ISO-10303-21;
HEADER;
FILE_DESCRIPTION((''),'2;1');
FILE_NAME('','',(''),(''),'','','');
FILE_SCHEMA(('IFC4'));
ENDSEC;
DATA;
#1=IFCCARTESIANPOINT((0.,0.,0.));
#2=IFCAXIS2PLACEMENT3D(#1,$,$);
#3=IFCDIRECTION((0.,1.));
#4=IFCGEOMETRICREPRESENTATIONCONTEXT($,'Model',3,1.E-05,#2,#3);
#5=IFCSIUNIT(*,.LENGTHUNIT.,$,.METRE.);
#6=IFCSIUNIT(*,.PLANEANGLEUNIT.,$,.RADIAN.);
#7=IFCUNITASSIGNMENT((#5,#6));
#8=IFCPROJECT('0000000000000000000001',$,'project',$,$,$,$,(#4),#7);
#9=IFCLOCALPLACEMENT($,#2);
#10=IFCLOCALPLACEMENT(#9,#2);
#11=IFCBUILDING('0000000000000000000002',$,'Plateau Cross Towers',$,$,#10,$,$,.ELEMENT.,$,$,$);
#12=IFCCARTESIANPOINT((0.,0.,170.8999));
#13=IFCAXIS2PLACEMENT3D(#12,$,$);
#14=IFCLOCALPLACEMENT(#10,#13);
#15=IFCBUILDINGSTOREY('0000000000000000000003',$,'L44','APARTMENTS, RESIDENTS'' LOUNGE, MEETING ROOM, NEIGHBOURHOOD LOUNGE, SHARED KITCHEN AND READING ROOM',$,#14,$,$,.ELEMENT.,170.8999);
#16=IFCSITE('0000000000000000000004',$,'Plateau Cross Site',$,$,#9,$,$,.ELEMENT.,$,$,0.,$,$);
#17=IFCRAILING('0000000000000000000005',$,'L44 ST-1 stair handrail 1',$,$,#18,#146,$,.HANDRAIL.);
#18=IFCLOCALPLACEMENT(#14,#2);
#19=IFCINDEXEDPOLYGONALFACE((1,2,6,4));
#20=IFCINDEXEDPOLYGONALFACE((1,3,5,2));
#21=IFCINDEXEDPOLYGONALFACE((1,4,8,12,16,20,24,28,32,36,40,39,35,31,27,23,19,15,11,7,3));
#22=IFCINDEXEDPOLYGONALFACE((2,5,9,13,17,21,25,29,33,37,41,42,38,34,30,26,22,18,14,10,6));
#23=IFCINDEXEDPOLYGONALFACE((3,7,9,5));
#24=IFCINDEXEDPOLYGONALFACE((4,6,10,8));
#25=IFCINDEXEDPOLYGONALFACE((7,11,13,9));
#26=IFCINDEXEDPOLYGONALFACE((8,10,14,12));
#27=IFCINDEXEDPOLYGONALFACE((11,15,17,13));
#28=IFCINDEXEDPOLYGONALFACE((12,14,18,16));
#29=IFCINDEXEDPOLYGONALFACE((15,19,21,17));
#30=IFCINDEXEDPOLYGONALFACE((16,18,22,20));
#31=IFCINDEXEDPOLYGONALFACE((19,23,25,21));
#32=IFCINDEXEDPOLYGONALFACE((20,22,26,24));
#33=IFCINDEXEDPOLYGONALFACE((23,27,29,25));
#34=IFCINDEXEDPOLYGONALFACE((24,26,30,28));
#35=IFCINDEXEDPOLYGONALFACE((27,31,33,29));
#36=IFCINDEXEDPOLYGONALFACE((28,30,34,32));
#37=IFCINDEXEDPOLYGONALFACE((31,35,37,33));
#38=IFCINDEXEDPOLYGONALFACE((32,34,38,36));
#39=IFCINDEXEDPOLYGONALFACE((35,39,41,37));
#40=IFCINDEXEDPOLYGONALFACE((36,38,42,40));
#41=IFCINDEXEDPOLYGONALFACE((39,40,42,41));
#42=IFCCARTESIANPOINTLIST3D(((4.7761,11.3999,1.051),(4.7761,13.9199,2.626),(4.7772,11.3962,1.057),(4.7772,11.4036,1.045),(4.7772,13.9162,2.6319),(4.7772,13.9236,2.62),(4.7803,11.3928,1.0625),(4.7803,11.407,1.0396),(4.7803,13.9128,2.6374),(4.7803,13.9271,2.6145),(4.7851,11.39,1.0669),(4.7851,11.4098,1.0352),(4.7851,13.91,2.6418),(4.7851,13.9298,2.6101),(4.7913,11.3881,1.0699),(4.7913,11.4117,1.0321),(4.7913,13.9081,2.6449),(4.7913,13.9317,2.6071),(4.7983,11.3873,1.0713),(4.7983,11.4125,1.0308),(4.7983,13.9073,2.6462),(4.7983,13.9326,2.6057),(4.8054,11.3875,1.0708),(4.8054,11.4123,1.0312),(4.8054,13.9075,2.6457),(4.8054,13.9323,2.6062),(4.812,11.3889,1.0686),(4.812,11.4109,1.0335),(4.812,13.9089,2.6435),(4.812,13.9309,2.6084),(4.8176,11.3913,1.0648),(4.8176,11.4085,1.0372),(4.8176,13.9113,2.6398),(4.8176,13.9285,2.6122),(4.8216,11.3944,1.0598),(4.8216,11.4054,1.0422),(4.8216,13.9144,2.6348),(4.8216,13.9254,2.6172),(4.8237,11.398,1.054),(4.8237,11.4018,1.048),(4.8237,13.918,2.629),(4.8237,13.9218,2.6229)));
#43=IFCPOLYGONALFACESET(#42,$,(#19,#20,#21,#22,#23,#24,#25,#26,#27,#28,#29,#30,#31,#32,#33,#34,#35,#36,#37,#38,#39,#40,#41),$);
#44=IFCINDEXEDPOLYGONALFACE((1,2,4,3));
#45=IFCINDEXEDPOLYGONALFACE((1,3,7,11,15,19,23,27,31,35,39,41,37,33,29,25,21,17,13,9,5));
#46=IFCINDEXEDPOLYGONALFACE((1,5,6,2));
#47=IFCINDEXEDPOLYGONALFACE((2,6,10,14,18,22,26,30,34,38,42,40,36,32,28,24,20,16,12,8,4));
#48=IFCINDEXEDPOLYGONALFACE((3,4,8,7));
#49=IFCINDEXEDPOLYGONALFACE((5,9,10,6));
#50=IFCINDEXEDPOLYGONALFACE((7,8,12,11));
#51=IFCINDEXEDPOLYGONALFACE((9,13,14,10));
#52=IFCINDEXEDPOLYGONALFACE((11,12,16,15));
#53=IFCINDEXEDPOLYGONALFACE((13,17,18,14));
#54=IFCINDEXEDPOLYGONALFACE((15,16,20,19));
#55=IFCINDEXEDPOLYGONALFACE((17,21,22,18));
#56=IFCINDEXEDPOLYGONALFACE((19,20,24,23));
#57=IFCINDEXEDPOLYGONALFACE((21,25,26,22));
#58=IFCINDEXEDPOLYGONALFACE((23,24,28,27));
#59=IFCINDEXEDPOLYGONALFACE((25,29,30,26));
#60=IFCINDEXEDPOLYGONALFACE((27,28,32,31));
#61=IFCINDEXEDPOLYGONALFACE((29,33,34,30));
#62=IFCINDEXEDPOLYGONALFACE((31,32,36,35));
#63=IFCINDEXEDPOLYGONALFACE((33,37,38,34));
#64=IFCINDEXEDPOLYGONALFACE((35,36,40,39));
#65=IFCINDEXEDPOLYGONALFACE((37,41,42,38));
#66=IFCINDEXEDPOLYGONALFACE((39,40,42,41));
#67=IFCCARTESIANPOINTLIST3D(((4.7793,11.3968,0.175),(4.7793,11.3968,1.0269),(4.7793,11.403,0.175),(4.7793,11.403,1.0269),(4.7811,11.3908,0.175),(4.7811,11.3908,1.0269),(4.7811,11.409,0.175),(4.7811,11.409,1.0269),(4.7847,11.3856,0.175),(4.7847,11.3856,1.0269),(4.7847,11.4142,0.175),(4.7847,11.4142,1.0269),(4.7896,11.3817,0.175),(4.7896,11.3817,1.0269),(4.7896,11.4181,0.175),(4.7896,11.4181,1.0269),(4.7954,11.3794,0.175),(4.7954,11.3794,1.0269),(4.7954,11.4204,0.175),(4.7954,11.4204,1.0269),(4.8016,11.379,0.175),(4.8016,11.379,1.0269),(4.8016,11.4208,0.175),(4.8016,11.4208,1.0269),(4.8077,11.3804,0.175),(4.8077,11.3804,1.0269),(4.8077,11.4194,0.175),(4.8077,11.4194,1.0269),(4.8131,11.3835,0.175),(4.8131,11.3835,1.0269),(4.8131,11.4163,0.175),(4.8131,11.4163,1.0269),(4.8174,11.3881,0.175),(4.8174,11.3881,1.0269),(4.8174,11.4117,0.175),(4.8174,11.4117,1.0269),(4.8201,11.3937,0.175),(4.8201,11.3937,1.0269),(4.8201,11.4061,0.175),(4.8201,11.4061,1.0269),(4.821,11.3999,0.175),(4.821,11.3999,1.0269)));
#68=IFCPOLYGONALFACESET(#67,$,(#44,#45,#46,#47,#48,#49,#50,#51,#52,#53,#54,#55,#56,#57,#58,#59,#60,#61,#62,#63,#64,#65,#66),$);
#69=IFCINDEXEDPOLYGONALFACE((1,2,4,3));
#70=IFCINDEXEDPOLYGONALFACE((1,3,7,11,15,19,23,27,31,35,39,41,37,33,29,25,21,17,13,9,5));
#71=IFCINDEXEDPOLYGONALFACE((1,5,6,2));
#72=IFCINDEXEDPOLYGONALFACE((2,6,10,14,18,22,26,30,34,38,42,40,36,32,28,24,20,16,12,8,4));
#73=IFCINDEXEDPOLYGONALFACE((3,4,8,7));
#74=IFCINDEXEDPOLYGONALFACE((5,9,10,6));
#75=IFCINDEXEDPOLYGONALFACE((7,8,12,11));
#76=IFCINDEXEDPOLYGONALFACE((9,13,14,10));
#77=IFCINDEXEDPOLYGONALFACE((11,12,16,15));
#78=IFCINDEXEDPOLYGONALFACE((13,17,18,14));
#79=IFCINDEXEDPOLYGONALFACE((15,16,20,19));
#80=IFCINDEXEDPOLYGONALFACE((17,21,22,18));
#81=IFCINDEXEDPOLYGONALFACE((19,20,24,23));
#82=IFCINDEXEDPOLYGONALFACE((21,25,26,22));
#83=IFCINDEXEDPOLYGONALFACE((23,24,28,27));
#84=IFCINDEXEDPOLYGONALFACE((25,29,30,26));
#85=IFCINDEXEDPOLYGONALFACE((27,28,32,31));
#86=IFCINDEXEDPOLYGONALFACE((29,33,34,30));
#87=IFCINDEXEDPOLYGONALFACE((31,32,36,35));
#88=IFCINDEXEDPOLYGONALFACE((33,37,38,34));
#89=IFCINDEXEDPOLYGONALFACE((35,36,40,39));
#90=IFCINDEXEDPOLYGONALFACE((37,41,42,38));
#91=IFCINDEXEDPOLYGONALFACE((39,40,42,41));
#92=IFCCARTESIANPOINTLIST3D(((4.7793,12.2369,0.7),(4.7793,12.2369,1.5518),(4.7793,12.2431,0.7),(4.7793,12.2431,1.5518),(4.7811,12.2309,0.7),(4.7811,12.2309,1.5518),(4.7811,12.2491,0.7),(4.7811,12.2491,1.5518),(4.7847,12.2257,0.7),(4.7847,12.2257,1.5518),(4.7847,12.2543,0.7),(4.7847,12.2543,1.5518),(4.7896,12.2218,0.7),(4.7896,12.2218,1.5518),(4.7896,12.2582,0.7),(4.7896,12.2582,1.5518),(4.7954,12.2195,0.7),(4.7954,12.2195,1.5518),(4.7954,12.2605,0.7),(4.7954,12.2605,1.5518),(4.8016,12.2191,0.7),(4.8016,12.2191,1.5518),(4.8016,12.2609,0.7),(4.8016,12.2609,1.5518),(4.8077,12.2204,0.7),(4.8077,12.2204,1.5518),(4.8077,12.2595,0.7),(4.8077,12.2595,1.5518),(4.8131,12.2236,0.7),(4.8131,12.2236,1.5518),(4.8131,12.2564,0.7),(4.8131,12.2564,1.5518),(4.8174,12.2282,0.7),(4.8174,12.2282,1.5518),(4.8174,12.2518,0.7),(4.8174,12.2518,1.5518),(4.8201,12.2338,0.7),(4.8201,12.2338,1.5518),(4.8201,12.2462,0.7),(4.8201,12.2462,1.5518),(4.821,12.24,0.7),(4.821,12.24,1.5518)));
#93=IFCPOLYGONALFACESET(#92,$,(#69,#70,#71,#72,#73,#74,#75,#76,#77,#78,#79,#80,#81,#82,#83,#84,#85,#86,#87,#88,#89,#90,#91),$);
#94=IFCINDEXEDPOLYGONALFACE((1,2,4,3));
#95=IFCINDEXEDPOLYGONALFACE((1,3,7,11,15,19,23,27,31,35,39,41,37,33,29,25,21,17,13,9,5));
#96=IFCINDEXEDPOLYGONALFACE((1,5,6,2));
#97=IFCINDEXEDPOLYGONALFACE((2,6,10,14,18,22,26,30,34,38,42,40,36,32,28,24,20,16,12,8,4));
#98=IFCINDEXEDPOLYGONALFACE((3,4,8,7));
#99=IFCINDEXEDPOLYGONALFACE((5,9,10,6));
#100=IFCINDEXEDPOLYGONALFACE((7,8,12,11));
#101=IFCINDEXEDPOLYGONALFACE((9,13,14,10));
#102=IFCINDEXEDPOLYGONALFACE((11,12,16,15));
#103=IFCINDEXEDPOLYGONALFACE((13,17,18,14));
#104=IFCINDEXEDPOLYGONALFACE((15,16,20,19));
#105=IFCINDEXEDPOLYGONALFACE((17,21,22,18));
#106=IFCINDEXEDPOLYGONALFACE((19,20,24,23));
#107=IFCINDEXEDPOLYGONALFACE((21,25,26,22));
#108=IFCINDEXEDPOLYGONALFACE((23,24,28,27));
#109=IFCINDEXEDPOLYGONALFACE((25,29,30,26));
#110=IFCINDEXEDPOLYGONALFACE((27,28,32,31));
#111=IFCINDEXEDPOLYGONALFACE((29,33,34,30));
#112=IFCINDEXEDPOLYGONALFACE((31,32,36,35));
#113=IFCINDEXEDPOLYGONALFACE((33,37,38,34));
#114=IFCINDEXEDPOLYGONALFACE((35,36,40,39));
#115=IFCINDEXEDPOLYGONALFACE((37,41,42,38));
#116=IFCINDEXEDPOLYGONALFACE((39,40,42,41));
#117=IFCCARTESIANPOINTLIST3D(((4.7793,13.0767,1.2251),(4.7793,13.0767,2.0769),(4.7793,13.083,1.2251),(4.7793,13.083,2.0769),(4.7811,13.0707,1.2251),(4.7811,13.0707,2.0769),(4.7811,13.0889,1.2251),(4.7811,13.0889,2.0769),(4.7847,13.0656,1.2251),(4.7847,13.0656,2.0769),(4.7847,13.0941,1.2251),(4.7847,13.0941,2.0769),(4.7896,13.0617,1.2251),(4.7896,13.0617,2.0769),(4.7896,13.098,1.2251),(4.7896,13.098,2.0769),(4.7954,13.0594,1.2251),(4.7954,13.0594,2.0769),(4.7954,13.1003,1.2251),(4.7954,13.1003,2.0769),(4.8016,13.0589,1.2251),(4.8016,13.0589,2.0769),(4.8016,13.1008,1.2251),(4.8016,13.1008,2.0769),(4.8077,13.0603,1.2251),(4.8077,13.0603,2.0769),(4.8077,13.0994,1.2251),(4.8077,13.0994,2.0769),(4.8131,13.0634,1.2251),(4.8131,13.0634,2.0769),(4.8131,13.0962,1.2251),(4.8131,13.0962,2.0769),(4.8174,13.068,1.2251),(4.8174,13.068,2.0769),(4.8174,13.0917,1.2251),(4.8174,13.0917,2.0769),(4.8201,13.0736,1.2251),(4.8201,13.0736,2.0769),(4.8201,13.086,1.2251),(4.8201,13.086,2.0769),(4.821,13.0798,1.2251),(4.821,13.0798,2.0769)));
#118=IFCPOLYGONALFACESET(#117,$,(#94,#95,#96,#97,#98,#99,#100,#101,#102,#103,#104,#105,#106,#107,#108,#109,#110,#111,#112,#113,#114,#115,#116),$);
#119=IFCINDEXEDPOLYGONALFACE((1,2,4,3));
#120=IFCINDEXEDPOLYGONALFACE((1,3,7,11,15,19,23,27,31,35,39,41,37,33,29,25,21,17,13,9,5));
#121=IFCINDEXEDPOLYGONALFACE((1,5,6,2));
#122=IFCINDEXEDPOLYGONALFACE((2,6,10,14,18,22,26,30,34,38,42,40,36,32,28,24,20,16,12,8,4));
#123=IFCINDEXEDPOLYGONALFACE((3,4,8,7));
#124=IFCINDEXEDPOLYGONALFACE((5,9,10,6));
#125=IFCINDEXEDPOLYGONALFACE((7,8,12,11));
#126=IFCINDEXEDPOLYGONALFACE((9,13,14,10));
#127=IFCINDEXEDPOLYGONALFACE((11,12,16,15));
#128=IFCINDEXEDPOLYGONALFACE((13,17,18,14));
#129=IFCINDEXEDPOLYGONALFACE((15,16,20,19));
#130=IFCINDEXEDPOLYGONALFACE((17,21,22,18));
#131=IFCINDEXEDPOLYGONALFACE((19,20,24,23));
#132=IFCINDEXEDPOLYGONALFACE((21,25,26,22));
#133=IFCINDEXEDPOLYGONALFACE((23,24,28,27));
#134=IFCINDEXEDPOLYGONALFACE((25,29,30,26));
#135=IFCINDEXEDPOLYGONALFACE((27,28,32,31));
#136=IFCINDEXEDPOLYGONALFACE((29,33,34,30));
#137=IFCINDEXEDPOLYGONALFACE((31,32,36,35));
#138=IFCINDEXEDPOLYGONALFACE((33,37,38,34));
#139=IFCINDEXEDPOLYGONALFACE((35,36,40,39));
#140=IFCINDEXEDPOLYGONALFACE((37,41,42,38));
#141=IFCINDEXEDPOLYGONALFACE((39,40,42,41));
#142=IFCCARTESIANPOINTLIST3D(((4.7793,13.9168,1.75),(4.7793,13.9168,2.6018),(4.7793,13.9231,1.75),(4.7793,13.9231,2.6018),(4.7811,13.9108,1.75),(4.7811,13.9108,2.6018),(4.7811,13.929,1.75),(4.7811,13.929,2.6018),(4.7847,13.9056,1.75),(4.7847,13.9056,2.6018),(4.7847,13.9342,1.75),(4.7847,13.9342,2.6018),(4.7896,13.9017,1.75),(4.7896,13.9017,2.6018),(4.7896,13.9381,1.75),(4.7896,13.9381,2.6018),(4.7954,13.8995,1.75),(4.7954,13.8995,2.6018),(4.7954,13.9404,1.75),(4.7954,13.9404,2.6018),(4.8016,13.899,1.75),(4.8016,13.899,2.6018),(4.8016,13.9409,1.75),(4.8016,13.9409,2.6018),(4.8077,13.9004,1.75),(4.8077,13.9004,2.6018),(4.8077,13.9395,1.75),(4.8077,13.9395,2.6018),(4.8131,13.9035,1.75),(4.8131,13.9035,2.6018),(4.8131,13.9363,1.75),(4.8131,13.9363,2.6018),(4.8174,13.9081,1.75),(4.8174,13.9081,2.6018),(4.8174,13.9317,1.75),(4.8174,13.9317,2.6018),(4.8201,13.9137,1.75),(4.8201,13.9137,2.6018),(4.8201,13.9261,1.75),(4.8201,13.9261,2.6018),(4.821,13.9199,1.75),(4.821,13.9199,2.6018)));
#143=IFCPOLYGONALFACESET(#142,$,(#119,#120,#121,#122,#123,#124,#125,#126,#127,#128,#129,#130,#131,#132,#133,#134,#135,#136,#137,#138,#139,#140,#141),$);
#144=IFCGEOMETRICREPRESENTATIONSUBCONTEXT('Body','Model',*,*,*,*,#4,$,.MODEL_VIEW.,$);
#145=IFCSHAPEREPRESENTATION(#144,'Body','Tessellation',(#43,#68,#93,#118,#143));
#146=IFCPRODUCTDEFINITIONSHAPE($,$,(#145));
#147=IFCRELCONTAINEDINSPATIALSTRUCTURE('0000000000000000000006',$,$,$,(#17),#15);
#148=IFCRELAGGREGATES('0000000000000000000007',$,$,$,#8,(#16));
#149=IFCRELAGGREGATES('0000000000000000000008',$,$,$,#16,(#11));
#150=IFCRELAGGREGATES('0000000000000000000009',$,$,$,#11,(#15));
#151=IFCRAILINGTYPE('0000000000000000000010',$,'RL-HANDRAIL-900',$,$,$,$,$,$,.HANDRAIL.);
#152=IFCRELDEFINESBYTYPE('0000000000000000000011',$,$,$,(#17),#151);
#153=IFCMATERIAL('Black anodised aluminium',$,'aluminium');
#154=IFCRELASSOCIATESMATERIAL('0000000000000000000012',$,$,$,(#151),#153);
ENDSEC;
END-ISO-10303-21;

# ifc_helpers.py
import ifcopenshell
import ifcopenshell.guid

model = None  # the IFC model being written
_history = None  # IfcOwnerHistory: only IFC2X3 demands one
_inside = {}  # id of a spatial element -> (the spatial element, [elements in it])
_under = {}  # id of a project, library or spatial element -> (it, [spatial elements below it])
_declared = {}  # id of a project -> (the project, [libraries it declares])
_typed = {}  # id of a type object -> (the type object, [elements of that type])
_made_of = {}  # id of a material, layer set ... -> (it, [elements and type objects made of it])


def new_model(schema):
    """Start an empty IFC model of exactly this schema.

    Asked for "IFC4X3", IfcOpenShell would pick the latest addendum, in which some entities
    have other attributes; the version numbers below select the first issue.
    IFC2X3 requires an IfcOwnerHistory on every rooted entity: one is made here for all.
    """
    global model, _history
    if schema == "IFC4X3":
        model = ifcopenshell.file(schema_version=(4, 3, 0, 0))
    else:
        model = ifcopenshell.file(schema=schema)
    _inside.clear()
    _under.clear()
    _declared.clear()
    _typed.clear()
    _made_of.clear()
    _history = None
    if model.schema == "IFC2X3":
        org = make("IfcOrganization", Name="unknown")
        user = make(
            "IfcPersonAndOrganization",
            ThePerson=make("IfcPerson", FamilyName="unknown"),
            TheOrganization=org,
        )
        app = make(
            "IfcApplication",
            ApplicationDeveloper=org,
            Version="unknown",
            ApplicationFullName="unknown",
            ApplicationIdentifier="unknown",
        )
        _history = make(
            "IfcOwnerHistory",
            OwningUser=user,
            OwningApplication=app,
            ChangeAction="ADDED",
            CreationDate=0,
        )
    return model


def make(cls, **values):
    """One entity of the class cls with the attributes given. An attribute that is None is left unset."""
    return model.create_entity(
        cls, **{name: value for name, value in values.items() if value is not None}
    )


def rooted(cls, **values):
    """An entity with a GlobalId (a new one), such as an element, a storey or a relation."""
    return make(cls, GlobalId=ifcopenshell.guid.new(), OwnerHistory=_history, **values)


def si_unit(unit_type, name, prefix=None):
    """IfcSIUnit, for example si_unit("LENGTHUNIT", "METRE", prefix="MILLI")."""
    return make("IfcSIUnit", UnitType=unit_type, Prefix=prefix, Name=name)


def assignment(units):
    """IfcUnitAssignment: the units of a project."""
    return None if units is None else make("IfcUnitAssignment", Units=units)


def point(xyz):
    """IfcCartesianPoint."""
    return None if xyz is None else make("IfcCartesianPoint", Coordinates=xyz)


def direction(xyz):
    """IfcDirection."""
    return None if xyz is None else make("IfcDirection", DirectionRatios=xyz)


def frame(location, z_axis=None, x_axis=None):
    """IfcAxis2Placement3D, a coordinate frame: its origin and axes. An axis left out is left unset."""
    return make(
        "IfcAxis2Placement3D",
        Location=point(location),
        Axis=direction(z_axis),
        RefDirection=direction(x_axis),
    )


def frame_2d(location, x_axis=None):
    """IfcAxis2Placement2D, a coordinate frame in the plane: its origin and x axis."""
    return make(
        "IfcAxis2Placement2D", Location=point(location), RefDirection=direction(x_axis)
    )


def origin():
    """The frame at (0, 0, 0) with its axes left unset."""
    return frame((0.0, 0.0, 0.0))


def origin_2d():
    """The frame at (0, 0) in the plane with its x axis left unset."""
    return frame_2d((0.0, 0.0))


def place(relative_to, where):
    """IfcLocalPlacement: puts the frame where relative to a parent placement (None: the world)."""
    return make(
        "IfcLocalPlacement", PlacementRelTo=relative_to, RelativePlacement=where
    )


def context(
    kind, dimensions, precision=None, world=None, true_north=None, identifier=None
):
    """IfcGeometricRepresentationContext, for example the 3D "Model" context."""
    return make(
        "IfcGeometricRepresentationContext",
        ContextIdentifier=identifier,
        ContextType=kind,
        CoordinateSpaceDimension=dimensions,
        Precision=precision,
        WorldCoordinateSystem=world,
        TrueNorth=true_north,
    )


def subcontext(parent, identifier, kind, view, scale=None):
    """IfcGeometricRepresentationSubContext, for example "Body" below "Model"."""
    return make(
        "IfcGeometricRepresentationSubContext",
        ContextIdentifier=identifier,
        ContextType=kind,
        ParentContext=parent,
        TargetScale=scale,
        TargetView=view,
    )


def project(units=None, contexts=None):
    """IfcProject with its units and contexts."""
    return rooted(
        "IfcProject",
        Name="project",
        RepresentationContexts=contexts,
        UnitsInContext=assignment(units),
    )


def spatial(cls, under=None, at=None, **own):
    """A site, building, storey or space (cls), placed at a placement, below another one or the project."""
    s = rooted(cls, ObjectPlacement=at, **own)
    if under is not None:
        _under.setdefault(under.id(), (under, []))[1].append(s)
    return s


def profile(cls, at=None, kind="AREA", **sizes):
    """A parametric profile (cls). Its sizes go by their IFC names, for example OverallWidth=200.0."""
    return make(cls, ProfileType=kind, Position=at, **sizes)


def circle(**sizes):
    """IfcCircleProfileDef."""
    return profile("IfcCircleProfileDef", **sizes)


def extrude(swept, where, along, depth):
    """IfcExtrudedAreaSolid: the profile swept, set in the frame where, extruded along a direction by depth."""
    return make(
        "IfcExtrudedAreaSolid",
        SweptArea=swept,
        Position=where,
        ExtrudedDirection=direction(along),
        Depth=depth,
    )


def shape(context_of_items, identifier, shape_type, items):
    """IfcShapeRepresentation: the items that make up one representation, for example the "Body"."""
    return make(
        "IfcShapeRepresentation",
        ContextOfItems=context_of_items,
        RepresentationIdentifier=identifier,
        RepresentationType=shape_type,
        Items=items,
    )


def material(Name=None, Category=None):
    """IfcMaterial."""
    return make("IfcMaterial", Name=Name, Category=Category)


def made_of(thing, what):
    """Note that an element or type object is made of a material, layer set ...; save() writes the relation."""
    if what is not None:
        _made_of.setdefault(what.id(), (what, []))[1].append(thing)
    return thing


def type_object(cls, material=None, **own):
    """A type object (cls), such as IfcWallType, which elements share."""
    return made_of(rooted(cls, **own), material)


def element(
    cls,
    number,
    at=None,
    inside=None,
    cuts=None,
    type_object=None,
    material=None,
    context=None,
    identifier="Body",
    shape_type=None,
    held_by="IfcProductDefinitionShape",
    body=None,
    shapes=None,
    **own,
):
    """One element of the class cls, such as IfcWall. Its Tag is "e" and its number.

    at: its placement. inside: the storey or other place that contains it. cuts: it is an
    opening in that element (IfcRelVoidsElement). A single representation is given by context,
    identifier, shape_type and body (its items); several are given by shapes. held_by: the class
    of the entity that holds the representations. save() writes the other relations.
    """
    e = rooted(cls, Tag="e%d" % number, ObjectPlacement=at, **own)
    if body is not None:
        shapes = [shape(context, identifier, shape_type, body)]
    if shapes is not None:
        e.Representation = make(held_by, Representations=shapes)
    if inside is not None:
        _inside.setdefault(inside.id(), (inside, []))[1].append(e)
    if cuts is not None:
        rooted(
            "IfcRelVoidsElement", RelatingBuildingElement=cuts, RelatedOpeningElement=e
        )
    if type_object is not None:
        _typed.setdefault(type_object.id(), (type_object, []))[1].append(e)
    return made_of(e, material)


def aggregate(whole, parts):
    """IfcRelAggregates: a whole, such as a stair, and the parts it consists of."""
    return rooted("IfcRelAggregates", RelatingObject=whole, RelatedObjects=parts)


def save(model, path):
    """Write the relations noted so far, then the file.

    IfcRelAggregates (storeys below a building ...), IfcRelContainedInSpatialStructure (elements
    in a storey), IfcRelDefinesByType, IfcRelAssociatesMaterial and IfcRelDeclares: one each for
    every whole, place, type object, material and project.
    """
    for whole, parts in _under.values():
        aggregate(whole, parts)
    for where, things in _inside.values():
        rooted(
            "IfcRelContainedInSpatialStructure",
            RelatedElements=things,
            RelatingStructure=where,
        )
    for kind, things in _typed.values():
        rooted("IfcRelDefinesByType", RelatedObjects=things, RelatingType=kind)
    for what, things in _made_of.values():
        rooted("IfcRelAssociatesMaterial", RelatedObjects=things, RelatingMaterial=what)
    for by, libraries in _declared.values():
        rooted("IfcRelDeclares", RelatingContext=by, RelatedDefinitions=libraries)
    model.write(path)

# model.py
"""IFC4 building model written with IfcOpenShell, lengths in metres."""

from ifc_helpers import new_model, si_unit, direction, frame, origin, origin_2d, place, context, subcontext, project, spatial, circle, extrude, material, type_object, element, save


model = new_model("IFC4")

# Units and contexts
model_context = context("Model", 3, precision=1e-05, world=origin(), true_north=direction((0.0, 1.0)))
body_context = subcontext(model_context, "Body", "Model", "MODEL_VIEW")
ifc_project = project(units=[si_unit("LENGTHUNIT", "METRE"), si_unit("PLANEANGLEUNIT", "RADIAN")], contexts=[model_context])

# Site, building, storey
site_placement = place(None, origin())
site = spatial("IfcSite", under=ifc_project, at=site_placement, Name="Plateau Cross Site", CompositionType="ELEMENT", RefElevation=0.0)
building_placement = place(site_placement, origin())
building = spatial("IfcBuilding", under=site, at=building_placement, Name="Plateau Cross Towers", CompositionType="ELEMENT")
storey_placement = place(building_placement, frame((0.0, 0.0, 170.8999)))
storey = spatial("IfcBuildingStorey", under=building, at=storey_placement, Name="L44", Description="APARTMENTS, RESIDENTS' LOUNGE, MEETING ROOM, NEIGHBOURHOOD LOUNGE, SHARED KITCHEN AND READING ROOM", CompositionType="ELEMENT", Elevation=170.8999)

# Shared definitions
ifc_material_1 = material(Name="Black anodised aluminium", Category="aluminium")

# Railing
railing_type_1 = type_object("IfcRailingType", Name="RL-HANDRAIL-900", PredefinedType="HANDRAIL", material=ifc_material_1)
railing_1_placement = place(storey_placement, frame((4.8, 11.3999, 0.175)))
element("IfcRailing", 1, at=railing_1_placement, inside=storey, type_object=railing_type_1, Name="L44 ST-1 stair handrail 1", PredefinedType="HANDRAIL", context=body_context, shape_type="SweptSolid", body=[
    extrude(circle(Radius=0.0239, at=origin_2d()), frame((0.0, 0.0, 0.876), z_axis=(0.0, 0.848008, 0.529984), x_axis=(-1.0, 0.0, 0.0)), (0.0, 0.0, 1.0), 2.9717),
    extrude(circle(Radius=0.021, at=origin_2d()), origin(), (0.0, 0.0, 1.0), 0.8518),
    extrude(circle(Radius=0.021, at=origin_2d()), frame((0.0, 0.8401, 0.5249)), (0.0, 0.0, 1.0), 0.8518),
    extrude(circle(Radius=0.021, at=origin_2d()), frame((0.0, 1.6799, 1.05)), (0.0, 0.0, 1.0), 0.8518),
    extrude(circle(Radius=0.021, at=origin_2d()), frame((0.0, 2.52, 1.575)), (0.0, 0.0, 1.0), 0.8518),
])

save(model, "model.ifc")
